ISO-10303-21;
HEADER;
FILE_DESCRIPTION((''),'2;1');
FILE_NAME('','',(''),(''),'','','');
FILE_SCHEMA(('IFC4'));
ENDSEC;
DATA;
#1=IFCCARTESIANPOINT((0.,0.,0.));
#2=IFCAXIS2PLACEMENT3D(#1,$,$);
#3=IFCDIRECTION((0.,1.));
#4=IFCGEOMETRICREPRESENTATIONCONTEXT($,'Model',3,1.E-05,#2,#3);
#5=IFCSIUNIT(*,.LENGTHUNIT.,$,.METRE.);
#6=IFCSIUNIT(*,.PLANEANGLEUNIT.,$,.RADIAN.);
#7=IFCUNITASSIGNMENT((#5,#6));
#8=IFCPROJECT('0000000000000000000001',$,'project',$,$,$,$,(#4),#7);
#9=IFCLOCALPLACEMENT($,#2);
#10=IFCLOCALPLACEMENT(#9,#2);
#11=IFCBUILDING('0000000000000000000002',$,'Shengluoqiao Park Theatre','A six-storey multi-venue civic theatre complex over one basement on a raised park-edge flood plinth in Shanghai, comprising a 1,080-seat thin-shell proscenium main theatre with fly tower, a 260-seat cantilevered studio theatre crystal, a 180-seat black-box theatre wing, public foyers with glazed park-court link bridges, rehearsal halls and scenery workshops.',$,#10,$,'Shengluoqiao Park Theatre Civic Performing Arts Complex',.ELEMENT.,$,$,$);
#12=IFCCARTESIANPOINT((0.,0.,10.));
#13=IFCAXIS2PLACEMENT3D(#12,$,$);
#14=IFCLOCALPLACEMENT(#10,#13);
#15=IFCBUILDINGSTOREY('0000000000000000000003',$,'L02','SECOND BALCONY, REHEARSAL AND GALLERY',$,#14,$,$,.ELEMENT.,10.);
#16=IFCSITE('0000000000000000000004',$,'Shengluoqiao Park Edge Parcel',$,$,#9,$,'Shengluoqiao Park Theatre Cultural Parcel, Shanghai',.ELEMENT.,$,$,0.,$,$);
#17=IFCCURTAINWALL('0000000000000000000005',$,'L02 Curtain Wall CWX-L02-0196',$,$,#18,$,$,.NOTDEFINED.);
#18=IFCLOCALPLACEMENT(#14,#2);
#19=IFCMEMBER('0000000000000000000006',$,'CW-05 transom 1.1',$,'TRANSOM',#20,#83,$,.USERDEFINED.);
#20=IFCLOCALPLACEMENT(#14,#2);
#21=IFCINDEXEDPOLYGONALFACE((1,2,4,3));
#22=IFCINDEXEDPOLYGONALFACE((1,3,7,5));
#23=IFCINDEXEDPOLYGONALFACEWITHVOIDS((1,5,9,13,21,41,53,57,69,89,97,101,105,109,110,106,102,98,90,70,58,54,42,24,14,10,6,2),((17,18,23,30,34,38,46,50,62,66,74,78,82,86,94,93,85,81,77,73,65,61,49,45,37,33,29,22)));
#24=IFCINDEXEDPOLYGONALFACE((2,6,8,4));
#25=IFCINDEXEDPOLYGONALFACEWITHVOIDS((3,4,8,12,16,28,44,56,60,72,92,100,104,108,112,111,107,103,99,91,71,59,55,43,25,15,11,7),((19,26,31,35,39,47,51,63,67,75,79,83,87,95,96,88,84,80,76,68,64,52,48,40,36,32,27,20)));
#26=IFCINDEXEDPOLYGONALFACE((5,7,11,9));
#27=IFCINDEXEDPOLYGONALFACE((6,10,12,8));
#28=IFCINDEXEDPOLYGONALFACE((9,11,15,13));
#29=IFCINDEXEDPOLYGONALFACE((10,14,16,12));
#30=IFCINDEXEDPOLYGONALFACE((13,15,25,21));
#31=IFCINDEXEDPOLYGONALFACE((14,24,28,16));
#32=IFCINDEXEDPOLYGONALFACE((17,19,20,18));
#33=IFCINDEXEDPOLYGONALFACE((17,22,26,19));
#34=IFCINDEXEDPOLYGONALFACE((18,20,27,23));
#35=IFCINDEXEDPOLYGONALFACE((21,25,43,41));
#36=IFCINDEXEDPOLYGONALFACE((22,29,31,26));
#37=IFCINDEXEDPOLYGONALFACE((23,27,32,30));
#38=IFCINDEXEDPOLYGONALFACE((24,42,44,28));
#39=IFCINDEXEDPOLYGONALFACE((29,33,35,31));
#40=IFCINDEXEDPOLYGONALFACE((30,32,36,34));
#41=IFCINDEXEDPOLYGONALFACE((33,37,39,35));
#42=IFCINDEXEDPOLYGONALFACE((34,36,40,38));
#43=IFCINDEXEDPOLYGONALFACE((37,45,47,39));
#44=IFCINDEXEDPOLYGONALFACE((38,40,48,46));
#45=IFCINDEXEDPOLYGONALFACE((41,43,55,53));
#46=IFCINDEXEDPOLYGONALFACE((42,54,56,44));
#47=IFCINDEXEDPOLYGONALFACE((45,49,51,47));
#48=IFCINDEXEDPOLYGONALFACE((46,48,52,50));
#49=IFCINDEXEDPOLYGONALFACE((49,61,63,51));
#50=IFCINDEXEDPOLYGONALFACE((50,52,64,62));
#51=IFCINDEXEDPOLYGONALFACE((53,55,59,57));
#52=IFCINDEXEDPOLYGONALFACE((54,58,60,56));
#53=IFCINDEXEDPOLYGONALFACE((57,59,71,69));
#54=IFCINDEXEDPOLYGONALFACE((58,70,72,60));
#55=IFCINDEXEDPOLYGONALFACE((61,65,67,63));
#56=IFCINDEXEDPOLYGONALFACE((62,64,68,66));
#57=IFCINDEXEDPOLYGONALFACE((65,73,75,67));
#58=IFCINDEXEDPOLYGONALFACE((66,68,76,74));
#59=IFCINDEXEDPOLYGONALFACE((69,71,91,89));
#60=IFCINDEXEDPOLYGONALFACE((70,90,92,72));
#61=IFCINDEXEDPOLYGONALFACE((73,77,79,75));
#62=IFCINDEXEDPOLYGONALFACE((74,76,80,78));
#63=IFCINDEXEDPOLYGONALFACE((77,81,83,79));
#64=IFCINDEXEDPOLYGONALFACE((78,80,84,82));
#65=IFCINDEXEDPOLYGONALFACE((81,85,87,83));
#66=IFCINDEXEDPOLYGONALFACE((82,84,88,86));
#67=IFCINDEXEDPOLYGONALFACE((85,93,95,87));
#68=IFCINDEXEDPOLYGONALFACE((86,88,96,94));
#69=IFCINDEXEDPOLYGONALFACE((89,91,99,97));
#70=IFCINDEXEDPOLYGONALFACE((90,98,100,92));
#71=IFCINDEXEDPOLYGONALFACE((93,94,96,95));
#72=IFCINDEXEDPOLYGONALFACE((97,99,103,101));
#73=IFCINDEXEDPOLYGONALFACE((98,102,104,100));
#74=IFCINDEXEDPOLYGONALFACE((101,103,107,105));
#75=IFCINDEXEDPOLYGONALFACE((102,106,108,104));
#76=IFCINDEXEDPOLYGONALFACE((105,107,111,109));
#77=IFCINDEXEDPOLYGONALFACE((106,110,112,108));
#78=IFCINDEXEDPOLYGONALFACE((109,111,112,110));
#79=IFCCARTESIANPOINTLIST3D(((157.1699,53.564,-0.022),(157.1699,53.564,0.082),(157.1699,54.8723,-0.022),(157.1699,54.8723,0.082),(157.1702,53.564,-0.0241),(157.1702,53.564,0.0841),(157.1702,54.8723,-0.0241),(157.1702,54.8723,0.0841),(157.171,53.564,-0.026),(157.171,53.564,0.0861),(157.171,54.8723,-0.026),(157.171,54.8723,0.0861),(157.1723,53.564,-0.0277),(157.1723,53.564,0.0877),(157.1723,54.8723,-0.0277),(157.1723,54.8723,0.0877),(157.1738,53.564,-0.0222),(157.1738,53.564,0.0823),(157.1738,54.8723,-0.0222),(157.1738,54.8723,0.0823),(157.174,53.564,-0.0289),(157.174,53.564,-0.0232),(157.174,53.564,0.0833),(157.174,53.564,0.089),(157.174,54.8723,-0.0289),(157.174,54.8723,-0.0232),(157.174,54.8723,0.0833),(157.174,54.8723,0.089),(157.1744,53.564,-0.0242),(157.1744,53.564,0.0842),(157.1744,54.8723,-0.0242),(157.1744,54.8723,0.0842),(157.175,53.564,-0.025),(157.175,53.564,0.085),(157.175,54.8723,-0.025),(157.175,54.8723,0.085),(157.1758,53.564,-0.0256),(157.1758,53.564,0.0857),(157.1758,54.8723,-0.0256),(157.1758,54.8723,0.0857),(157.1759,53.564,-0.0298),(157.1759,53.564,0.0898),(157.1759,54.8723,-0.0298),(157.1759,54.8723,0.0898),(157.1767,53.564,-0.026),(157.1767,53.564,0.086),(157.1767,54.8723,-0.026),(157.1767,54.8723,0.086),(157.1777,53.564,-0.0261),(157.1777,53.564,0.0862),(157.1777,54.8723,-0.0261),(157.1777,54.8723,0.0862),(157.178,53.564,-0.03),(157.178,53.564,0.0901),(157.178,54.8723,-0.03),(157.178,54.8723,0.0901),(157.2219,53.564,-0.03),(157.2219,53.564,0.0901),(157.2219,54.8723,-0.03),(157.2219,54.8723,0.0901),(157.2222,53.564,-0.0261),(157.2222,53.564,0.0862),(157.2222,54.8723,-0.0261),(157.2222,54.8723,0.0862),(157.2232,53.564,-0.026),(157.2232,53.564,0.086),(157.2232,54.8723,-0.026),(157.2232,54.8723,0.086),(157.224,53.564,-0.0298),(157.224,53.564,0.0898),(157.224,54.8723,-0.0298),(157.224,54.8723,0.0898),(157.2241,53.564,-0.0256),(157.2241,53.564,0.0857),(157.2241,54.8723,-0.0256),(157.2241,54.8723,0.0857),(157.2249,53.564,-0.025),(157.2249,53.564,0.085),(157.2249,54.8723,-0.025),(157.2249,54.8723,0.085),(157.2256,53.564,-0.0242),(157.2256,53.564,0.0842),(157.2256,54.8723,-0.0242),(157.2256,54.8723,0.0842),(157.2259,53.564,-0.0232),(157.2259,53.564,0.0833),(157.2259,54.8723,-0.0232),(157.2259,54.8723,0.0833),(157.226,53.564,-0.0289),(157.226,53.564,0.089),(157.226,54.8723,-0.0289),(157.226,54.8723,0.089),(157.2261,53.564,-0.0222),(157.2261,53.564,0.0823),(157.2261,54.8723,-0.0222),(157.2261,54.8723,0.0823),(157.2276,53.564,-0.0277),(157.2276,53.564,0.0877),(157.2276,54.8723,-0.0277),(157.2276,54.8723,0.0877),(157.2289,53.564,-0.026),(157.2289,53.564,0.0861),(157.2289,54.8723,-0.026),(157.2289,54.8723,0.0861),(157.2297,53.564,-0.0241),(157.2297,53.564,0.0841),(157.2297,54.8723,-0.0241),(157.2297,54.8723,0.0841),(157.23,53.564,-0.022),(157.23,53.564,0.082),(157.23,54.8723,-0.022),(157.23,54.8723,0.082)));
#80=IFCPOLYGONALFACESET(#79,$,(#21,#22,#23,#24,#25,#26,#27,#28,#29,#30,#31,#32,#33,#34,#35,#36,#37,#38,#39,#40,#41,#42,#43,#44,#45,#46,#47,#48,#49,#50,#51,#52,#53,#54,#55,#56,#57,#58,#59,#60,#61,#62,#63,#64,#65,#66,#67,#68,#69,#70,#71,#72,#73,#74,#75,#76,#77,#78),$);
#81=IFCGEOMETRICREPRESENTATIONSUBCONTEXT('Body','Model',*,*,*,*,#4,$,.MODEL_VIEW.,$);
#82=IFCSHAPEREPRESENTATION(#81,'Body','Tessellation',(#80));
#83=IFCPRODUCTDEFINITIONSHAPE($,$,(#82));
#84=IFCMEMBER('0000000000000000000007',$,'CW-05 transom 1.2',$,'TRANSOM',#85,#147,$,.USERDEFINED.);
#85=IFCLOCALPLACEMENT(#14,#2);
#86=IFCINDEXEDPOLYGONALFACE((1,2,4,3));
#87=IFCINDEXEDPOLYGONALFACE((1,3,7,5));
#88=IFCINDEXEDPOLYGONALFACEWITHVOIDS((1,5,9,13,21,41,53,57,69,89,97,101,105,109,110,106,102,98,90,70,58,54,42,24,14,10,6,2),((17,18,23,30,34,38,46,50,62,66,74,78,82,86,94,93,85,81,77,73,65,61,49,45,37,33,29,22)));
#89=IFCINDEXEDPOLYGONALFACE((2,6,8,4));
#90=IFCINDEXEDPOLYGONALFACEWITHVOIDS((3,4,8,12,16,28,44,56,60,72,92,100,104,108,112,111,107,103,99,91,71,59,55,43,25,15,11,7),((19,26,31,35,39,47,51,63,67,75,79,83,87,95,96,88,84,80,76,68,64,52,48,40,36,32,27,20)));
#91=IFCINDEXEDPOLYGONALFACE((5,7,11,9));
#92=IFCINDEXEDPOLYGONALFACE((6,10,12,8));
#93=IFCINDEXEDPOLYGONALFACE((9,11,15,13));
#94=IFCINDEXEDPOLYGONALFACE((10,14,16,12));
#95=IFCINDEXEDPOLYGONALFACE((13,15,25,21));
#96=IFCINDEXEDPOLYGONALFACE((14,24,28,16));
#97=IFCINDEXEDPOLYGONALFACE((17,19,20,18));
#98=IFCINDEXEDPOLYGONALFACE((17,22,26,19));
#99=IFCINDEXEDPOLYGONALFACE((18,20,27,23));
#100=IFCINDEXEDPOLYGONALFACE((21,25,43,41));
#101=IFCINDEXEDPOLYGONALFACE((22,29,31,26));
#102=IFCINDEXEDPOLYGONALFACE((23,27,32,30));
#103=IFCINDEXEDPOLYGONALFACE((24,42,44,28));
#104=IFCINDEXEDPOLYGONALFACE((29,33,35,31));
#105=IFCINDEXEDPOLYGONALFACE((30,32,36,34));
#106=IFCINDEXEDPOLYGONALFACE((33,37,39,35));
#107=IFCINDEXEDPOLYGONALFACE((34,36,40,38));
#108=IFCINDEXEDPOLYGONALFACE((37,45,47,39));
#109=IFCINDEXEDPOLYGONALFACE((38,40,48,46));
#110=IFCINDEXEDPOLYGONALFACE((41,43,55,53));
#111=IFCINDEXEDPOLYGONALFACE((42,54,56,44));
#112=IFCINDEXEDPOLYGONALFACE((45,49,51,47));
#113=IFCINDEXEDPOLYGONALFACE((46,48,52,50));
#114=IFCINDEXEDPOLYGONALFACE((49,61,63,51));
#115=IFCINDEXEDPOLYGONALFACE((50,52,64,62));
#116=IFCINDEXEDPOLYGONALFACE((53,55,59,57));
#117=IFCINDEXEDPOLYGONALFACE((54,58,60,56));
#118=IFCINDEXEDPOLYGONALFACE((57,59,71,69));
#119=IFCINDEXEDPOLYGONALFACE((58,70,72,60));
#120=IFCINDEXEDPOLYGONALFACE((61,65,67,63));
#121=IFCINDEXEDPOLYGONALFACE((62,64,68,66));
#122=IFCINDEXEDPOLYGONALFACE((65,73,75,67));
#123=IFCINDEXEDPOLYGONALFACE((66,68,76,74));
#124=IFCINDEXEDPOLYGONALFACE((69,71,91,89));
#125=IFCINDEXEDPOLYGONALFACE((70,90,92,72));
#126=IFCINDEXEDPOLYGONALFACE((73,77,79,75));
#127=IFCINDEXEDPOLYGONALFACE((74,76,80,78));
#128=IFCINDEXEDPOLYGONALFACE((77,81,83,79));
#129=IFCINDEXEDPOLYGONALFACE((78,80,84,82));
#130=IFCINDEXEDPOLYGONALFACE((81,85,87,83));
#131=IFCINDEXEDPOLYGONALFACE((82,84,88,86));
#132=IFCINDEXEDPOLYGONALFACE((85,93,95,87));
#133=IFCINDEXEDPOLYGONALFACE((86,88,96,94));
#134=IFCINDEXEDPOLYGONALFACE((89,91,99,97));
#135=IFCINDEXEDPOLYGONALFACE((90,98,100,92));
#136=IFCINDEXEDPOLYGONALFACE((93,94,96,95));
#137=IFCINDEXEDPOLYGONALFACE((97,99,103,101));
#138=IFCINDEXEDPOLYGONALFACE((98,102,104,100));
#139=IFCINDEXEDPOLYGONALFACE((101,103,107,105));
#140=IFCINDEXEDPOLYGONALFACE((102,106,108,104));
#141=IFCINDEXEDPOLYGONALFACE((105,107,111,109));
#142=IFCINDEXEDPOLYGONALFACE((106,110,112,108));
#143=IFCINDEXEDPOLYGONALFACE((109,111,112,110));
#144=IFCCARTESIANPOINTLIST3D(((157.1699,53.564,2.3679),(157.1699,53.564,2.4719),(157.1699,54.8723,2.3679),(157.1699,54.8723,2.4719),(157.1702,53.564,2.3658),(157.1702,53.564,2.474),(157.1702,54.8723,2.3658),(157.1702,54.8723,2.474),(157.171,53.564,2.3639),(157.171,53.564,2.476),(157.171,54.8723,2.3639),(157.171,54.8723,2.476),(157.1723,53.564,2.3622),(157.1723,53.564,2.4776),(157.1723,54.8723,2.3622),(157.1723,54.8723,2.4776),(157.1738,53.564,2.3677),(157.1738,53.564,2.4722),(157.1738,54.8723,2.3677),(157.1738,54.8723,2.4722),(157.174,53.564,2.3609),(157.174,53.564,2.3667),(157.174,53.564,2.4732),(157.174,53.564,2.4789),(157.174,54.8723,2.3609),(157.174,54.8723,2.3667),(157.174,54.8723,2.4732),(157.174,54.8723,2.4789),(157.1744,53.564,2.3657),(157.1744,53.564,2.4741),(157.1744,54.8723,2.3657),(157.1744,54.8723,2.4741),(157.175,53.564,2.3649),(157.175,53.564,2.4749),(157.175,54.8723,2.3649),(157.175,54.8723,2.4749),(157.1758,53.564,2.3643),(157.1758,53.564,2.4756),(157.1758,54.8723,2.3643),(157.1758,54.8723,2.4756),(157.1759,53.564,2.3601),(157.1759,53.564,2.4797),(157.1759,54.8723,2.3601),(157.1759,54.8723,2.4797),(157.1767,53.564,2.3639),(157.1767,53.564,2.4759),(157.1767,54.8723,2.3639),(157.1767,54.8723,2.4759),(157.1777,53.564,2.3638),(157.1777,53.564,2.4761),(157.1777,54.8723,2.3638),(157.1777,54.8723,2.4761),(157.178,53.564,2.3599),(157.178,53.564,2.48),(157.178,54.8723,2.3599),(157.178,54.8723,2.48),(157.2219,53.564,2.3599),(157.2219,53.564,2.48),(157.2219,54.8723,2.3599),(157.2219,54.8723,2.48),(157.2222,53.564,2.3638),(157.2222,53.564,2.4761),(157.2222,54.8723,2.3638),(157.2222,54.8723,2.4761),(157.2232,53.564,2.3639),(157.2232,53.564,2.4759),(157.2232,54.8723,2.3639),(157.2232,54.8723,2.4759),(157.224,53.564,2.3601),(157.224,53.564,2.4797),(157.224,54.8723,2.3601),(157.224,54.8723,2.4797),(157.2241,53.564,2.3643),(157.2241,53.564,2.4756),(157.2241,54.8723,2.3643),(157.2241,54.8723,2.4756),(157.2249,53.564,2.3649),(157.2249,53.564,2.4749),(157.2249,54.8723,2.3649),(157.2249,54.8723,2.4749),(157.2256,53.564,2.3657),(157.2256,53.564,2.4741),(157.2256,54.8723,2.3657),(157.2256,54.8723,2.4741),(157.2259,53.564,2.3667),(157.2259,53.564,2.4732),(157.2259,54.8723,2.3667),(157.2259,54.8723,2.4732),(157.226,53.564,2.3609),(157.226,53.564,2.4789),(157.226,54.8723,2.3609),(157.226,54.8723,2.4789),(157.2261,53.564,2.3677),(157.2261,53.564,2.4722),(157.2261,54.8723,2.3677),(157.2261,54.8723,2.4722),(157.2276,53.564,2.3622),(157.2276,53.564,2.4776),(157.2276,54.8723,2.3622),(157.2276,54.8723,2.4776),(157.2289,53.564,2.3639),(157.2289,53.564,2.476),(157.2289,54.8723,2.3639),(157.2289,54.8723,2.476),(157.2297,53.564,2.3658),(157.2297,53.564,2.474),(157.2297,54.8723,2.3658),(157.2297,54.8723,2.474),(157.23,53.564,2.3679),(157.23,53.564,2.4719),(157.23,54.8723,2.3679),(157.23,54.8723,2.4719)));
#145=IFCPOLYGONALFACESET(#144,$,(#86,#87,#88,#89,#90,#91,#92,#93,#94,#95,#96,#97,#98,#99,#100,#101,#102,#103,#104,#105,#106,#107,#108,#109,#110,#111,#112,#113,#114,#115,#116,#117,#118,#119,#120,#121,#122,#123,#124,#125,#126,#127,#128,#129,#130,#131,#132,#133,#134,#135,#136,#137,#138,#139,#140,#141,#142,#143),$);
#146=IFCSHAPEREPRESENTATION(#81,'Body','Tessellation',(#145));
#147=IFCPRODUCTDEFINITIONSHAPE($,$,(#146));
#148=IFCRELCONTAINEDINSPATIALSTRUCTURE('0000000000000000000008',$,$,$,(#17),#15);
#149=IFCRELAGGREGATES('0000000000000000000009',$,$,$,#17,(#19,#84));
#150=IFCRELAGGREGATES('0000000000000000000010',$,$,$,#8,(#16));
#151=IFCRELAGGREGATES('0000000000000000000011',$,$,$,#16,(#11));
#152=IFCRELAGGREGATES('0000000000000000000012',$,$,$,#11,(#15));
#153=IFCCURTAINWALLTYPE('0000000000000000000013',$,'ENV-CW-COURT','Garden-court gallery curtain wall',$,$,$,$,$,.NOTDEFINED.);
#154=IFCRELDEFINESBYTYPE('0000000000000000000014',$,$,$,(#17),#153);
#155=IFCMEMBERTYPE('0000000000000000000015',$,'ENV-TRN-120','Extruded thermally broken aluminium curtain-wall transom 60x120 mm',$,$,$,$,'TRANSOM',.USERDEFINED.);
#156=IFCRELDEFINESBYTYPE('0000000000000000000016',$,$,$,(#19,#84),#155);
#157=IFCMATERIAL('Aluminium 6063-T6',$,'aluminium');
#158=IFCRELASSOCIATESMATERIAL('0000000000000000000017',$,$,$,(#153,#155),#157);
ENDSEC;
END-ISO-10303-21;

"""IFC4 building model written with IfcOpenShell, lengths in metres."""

from ifc_helpers import new_model, si_unit, direction, frame, origin, origin_2d, place, context, subcontext, project, spatial, hollow_rectangle, extrude, material, material_profile, profile_set, type_object, element, aggregate, save


model = new_model("IFC4")

# Units and contexts
model_context = context("Model", 3, precision=1e-05, world=origin(), true_north=direction((0.0, 1.0)))
body_context = subcontext(model_context, "Body", "Model", "MODEL_VIEW")
ifc_project = project(units=[si_unit("LENGTHUNIT", "METRE"), si_unit("PLANEANGLEUNIT", "RADIAN")], contexts=[model_context])

# Site, building, storey
site_placement = place(None, origin())
site = spatial("IfcSite", under=ifc_project, at=site_placement, Name="Shengluoqiao Park Edge Parcel", LongName="Shengluoqiao Park Theatre Cultural Parcel, Shanghai", CompositionType="ELEMENT", RefElevation=0.0)
building_placement = place(site_placement, origin())
building = spatial("IfcBuilding", under=site, at=building_placement, Name="Shengluoqiao Park Theatre", Description="A six-storey multi-venue civic theatre complex over one basement on a raised park-edge flood plinth in Shanghai, comprising a 1,080-seat thin-shell proscenium main theatre with fly tower, a 260-seat cantilevered studio theatre crystal, a 180-seat black-box theatre wing, public foyers with glazed park-court link bridges, rehearsal halls and scenery workshops.", LongName="Shengluoqiao Park Theatre Civic Performing Arts Complex", CompositionType="ELEMENT")
storey_placement = place(building_placement, frame((0.0, 0.0, 10.0)))
storey = spatial("IfcBuildingStorey", under=building, at=storey_placement, Name="L02", Description="SECOND BALCONY, REHEARSAL AND GALLERY", CompositionType="ELEMENT", Elevation=10.0)

# Curtain wall
ifc_material_1 = material(Name="Aluminium 6063-T6", Category="aluminium")
curtain_wall_type = type_object("IfcCurtainWallType", Name="ENV-CW-COURT", Description="Garden-court gallery curtain wall", PredefinedType="NOTDEFINED", material=ifc_material_1)
curtain_wall_1_placement = place(storey_placement, origin())
curtain_wall_1 = element("IfcCurtainWall", 1, at=curtain_wall_1_placement, inside=storey, type_object=curtain_wall_type, Name="L02 Curtain Wall CWX-L02-0196", PredefinedType="NOTDEFINED")

# Members
ifc_material_profile_1 = material_profile(ifc_material_1, hollow_rectangle(XDim=0.0601, YDim=0.1201, WallThickness=0.0039, InnerFilletRadius=0.0039, OuterFilletRadius=0.0081, at=origin_2d()), Name="ALU TRANSOM 120x60x4")
ifc_profile_set_1 = profile_set([ifc_material_profile_1], Name="Aluminium 6063-T6")
member_type_1 = type_object("IfcMemberType", Name="ENV-TRN-120", Description="Extruded thermally broken aluminium curtain-wall transom 60x120 mm", ElementType="TRANSOM", PredefinedType="USERDEFINED", material=ifc_profile_set_1)
member_1_placement = place(storey_placement, frame((157.2, 53.564, 0.03), z_axis=(0.0, 1.0, 0.0), x_axis=(-1.0, 0.0, 0.0)))
member_1 = element("IfcMember", 2, at=member_1_placement, type_object=member_type_1, Name="CW-05 transom 1.1", ObjectType="TRANSOM", PredefinedType="USERDEFINED", context=body_context, shape_type="SweptSolid", body=[
    extrude(hollow_rectangle(XDim=0.0601, YDim=0.1201, WallThickness=0.0039, InnerFilletRadius=0.0039, OuterFilletRadius=0.0081, at=origin_2d()), origin(), (0.0, 0.0, 1.0), 1.3083),
])
member_2_placement = place(storey_placement, frame((157.2, 53.564, 2.4199), z_axis=(0.0, 1.0, 0.0), x_axis=(-1.0, 0.0, 0.0)))
member_2 = element("IfcMember", 3, at=member_2_placement, type_object=member_type_1, Name="CW-05 transom 1.2", ObjectType="TRANSOM", PredefinedType="USERDEFINED", context=body_context, shape_type="SweptSolid", body=[
    extrude(hollow_rectangle(XDim=0.0601, YDim=0.1201, WallThickness=0.0039, InnerFilletRadius=0.0039, OuterFilletRadius=0.0081, at=origin_2d()), origin(), (0.0, 0.0, 1.0), 1.3083),
])
aggregate(curtain_wall_1, [member_1, member_2])

save(model, "model.ifc")
